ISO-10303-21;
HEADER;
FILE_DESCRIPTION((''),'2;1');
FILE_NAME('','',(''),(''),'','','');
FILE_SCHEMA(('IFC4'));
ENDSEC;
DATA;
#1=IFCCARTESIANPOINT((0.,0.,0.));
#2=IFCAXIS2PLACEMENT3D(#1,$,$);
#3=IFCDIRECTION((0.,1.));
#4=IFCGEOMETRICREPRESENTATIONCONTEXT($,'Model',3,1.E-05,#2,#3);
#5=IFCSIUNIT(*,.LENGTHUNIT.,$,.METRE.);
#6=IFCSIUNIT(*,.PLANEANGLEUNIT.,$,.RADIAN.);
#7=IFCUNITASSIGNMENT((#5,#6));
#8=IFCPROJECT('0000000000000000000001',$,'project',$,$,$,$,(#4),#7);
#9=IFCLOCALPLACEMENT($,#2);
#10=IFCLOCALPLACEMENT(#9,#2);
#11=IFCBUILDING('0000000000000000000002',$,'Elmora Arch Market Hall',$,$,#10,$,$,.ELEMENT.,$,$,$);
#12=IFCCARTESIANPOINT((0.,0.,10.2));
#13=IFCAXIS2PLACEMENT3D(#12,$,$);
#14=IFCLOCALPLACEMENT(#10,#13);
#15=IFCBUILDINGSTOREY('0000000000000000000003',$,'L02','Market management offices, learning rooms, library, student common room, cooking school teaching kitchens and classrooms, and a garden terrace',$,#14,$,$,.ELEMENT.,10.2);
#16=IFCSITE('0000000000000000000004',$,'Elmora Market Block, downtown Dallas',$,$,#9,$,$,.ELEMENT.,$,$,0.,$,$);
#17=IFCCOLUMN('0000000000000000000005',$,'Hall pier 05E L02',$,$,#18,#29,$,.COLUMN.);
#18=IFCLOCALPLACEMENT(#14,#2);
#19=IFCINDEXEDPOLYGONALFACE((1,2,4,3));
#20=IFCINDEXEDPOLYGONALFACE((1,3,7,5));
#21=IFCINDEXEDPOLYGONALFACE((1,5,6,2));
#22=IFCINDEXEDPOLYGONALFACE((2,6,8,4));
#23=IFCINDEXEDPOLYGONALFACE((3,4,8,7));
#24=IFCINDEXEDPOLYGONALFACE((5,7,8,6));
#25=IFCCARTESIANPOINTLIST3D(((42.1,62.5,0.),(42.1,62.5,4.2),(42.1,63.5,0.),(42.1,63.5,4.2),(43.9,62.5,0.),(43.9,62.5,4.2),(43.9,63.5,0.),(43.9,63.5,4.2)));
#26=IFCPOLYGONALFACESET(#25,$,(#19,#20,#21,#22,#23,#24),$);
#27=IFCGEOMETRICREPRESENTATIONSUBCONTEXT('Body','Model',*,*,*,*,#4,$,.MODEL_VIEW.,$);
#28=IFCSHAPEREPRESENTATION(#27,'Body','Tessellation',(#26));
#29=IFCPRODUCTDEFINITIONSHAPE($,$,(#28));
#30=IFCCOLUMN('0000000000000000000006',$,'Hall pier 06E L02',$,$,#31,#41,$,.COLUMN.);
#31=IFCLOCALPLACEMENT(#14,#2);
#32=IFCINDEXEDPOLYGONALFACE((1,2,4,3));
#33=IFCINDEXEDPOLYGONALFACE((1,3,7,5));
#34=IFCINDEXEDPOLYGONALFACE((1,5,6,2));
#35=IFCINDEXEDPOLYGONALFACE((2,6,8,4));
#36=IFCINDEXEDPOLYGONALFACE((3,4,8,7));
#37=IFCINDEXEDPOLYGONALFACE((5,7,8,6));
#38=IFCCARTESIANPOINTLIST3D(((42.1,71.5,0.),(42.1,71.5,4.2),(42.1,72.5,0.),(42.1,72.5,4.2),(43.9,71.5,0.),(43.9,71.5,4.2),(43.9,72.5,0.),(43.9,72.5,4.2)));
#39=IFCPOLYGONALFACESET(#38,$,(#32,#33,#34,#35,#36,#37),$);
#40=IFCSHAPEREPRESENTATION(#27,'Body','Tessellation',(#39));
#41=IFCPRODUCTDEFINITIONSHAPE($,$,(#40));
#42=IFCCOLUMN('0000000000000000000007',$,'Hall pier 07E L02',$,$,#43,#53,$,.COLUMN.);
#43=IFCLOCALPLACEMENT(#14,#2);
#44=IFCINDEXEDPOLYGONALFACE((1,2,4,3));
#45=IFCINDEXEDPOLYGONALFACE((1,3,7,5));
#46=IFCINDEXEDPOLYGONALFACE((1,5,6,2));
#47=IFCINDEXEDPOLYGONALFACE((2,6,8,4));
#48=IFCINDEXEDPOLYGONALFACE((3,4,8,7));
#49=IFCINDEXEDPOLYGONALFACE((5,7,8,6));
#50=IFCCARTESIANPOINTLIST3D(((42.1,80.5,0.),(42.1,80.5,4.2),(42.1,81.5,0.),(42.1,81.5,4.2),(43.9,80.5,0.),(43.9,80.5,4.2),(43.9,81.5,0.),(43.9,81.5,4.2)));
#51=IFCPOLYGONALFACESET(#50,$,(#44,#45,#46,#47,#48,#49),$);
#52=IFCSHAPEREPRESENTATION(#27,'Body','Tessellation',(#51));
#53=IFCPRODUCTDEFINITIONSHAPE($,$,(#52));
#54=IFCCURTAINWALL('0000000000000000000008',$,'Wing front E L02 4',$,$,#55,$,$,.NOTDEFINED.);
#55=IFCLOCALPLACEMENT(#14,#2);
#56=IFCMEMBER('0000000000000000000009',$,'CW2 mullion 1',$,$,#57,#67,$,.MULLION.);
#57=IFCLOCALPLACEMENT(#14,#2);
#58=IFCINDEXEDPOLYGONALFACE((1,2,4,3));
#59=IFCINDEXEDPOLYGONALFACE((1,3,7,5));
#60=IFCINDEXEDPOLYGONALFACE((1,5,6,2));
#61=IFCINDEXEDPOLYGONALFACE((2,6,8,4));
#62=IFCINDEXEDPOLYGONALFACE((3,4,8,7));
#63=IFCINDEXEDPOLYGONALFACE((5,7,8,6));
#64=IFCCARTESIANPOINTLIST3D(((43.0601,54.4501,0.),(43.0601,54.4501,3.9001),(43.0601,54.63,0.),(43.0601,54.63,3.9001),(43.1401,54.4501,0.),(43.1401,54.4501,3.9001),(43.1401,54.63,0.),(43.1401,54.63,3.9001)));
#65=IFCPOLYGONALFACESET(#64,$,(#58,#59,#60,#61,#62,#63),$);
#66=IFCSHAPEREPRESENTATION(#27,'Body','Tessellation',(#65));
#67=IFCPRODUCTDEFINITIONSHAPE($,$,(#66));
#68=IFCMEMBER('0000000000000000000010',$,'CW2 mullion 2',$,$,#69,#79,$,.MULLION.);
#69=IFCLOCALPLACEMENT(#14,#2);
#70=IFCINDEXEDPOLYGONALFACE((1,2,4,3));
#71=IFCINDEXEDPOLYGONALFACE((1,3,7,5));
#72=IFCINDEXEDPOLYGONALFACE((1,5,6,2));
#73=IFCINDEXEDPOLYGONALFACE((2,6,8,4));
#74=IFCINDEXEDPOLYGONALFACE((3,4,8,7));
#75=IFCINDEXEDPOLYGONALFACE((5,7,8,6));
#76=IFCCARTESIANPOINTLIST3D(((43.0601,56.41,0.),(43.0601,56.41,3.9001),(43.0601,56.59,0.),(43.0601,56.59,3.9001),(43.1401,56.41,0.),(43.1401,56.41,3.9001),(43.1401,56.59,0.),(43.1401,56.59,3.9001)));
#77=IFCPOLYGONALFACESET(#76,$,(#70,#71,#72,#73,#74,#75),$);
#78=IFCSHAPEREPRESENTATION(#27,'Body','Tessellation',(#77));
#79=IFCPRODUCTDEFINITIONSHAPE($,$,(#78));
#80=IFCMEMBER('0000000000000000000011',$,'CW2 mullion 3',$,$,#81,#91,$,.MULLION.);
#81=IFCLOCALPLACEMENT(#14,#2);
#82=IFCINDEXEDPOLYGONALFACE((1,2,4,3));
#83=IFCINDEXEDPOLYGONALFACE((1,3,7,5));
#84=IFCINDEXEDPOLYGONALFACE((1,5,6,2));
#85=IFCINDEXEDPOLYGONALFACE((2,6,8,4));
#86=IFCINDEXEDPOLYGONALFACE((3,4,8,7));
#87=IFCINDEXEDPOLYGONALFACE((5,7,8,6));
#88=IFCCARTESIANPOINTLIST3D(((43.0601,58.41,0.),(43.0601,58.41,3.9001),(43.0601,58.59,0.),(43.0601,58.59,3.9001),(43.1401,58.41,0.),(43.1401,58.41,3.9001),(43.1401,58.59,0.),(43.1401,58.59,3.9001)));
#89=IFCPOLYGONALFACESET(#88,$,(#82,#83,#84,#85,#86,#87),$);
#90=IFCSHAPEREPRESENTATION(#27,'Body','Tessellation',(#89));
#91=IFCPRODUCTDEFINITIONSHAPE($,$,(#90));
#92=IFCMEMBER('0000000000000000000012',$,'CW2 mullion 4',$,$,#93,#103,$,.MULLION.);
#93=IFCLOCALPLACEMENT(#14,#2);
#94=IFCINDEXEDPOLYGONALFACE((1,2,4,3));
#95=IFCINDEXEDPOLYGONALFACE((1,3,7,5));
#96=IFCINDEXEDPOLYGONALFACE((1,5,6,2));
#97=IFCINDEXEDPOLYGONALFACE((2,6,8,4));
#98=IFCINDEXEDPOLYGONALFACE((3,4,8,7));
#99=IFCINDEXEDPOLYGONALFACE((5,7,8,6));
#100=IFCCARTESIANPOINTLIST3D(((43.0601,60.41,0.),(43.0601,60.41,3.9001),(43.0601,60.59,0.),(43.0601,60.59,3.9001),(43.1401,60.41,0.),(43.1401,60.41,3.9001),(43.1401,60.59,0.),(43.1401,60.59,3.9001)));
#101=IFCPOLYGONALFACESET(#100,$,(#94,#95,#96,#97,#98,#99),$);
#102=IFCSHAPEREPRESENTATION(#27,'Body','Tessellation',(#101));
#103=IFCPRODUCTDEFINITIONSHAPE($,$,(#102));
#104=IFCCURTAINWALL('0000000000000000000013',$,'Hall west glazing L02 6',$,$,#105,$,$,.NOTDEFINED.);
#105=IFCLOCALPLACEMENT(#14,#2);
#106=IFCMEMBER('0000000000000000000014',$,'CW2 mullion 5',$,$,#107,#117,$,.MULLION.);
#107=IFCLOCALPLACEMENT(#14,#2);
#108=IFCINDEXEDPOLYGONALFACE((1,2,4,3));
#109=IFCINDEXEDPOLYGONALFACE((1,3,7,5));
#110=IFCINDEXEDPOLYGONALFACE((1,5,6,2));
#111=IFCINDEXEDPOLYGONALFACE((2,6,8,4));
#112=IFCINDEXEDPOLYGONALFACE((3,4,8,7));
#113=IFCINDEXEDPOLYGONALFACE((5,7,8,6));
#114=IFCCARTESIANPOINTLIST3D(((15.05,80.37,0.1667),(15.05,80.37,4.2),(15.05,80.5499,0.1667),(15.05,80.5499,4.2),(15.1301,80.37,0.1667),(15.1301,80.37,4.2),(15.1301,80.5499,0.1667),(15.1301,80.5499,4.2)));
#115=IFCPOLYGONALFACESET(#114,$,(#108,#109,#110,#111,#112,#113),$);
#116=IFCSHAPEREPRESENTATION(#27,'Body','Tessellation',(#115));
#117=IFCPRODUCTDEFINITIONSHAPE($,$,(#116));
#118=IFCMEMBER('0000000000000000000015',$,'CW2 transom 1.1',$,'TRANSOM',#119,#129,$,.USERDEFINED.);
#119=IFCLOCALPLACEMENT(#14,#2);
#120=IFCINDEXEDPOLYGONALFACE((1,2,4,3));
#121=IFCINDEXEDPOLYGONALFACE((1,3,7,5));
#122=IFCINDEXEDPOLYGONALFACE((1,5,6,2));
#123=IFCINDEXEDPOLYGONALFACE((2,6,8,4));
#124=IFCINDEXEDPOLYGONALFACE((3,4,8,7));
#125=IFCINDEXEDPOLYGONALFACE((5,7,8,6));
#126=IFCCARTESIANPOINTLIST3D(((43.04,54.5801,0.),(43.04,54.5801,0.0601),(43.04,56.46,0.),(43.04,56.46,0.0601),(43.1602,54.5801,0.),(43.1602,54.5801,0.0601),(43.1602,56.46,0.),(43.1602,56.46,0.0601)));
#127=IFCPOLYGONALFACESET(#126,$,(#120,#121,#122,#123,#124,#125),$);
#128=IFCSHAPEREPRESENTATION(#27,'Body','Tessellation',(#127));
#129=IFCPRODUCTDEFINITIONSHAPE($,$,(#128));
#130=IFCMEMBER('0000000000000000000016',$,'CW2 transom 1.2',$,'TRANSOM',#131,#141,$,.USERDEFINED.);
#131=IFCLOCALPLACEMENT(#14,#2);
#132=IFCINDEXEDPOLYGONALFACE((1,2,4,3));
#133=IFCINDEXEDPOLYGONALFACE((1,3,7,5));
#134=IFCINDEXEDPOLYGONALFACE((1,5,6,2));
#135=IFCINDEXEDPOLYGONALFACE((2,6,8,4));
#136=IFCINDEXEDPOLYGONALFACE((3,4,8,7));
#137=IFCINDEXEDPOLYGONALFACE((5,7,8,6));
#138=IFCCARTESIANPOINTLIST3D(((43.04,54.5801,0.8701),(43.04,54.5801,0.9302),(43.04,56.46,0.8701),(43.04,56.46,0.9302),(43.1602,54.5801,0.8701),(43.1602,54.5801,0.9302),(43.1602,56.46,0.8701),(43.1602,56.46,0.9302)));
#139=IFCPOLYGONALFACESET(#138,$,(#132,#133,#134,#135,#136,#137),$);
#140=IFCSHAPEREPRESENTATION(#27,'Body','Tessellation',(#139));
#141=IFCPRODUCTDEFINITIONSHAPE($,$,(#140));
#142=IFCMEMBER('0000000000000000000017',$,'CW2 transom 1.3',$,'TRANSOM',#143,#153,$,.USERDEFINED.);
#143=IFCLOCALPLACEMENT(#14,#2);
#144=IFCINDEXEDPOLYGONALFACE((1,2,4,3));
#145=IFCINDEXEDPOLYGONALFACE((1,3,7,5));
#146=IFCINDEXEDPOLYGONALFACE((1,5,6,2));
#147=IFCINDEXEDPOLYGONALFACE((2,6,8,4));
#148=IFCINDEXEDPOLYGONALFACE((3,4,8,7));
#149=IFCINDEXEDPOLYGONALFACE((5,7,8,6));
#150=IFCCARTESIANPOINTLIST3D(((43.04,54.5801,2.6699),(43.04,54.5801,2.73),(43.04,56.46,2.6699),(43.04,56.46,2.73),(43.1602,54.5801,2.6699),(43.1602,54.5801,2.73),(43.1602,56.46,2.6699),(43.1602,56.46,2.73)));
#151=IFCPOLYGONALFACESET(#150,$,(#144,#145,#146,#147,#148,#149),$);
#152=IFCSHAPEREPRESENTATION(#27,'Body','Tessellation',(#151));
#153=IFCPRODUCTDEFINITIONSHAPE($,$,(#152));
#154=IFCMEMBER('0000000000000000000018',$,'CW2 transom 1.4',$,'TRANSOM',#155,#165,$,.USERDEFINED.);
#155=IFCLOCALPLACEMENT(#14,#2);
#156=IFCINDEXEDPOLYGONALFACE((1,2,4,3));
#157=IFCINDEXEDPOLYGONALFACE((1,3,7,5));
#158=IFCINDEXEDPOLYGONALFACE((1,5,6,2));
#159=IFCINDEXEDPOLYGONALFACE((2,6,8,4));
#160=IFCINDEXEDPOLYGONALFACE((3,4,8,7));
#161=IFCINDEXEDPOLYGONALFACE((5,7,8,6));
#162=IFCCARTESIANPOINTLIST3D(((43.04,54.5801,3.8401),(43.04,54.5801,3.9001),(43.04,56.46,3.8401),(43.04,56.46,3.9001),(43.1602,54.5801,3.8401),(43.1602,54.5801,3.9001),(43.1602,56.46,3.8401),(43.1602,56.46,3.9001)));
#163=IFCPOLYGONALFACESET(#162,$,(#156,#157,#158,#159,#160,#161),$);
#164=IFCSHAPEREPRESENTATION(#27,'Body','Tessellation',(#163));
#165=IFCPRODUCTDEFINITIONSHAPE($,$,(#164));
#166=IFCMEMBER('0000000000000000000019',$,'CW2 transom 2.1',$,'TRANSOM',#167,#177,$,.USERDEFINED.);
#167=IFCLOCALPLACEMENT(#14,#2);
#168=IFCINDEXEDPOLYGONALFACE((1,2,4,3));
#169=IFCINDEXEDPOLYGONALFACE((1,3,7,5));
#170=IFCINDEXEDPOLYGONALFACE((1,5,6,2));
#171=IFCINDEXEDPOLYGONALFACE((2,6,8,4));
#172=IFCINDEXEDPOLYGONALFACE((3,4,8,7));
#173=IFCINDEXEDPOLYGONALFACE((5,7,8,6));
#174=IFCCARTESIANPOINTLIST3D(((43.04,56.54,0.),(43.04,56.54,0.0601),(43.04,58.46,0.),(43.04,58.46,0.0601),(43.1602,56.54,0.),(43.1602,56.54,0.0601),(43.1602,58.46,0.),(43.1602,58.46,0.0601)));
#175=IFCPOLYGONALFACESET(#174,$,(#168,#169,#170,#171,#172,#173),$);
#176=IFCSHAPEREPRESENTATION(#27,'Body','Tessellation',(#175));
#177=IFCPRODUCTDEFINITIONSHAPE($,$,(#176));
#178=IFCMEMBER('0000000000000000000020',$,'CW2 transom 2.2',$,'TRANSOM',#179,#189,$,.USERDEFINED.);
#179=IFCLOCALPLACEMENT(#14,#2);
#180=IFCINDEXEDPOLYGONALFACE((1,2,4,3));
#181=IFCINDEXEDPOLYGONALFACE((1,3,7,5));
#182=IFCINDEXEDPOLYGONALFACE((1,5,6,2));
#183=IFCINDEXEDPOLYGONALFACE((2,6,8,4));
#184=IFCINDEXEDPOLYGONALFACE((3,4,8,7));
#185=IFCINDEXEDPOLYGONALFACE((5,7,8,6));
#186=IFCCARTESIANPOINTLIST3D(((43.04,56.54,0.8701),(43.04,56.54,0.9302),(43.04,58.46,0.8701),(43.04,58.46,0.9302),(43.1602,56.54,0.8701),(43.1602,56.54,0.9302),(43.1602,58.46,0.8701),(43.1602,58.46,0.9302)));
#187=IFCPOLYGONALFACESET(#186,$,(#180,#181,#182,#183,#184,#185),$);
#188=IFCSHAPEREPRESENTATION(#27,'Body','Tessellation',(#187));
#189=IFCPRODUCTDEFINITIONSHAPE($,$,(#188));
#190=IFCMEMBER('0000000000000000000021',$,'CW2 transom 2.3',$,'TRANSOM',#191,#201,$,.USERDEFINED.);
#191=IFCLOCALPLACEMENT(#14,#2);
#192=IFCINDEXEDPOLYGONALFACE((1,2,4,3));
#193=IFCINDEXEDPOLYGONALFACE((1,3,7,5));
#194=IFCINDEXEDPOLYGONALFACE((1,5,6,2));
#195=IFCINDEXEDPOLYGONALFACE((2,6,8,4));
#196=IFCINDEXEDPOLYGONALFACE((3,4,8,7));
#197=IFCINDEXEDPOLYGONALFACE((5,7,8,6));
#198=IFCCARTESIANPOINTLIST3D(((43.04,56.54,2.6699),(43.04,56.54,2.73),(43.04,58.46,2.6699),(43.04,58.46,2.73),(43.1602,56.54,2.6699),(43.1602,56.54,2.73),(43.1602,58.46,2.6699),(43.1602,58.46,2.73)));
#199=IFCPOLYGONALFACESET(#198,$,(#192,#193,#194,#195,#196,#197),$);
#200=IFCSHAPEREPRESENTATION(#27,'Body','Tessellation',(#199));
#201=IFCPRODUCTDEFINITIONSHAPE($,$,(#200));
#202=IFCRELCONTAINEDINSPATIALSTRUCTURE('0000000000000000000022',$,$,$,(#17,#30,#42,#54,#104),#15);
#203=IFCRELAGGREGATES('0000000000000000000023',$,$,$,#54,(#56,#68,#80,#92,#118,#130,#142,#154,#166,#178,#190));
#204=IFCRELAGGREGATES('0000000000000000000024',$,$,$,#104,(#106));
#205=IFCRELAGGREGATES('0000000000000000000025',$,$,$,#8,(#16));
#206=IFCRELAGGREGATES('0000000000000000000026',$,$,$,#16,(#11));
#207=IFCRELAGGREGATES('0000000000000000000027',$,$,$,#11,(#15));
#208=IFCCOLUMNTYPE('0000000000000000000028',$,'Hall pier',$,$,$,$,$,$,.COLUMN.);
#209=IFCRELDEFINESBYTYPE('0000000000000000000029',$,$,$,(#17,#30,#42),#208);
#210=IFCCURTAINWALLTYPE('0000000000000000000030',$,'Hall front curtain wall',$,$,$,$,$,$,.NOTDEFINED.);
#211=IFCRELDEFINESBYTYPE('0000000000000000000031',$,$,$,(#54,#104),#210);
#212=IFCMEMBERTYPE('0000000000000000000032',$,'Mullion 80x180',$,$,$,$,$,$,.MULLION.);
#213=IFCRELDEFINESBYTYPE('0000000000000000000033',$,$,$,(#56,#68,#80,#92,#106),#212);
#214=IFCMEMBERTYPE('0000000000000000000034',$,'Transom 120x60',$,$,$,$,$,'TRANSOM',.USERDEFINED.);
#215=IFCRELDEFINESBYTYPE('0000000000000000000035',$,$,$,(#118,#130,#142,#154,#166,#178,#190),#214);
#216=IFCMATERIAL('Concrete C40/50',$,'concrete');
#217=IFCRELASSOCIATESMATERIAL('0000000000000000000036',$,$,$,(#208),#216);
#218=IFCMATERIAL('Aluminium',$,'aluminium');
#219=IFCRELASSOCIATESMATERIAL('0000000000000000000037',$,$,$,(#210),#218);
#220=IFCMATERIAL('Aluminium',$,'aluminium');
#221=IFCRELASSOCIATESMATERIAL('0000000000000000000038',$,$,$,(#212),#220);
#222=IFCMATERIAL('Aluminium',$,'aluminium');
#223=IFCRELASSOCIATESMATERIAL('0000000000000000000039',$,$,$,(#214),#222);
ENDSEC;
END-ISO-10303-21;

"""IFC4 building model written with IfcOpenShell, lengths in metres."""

from ifc_helpers import new_model, si_unit, direction, frame, origin, origin_2d, place, context, subcontext, project, spatial, rectangle, extrude, material, material_profile, profile_set, type_object, element, aggregate, save


model = new_model("IFC4")

# Units and contexts
model_context = context("Model", 3, precision=1e-05, world=origin(), true_north=direction((0.0, 1.0)))
body_context = subcontext(model_context, "Body", "Model", "MODEL_VIEW")
ifc_project = project(units=[si_unit("LENGTHUNIT", "METRE"), si_unit("PLANEANGLEUNIT", "RADIAN")], contexts=[model_context])

# Site, building, storey
site_placement = place(None, origin())
site = spatial("IfcSite", under=ifc_project, at=site_placement, Name="Elmora Market Block, downtown Dallas", CompositionType="ELEMENT", RefElevation=0.0)
building_placement = place(site_placement, origin())
building = spatial("IfcBuilding", under=site, at=building_placement, Name="Elmora Arch Market Hall", CompositionType="ELEMENT")
storey_placement = place(building_placement, frame((0.0, 0.0, 10.2)))
storey = spatial("IfcBuildingStorey", under=building, at=storey_placement, Name="L02", Description="Market management offices, learning rooms, library, student common room, cooking school teaching kitchens and classrooms, and a garden terrace", CompositionType="ELEMENT", Elevation=10.2)

# Columns
ifc_material_1 = material(Name="Concrete C40/50", Category="concrete")
ifc_material_profile_1 = material_profile(ifc_material_1, rectangle(XDim=1.8, YDim=1.0, at=origin_2d()), Name="Hall pier")
ifc_profile_set_1 = profile_set([ifc_material_profile_1], Name="Concrete C40/50")
column_type = type_object("IfcColumnType", Name="Hall pier", PredefinedType="COLUMN", material=ifc_profile_set_1)
for number, where, z_axis, x_axis, name in (
    (1, (43.0, 63.0, 0.0), (0.0, 0.0, 1.0), (1.0, 0.0, 0.0), "Hall pier 05E L02"),
    (2, (43.0, 72.0, 0.0), (0.0, 0.0, 1.0), (1.0, 0.0, 0.0), "Hall pier 06E L02"),
    (3, (43.0, 81.0, 0.0), (0.0, 0.0, 1.0), (1.0, 0.0, 0.0), "Hall pier 07E L02"),
):
    element("IfcColumn", number, at=place(storey_placement, frame(where, z_axis=z_axis, x_axis=x_axis)), inside=storey, type_object=column_type, Name=name, PredefinedType="COLUMN", context=body_context, shape_type="SweptSolid", body=[
        extrude(rectangle(XDim=1.8, YDim=1.0, at=origin_2d()), origin(), (0.0, 0.0, 1.0), 4.2),
    ])

# Curtain wall, members
ifc_material_2 = material(Name="Aluminium", Category="aluminium")
curtain_wall_type = type_object("IfcCurtainWallType", Name="Hall front curtain wall", PredefinedType="NOTDEFINED", material=ifc_material_2)
curtain_wall_1_placement = place(storey_placement, origin())
curtain_wall_1 = element("IfcCurtainWall", 4, at=curtain_wall_1_placement, inside=storey, type_object=curtain_wall_type, Name="Wing front E L02 4", PredefinedType="NOTDEFINED")
ifc_material_3 = material(Name="Aluminium", Category="aluminium")
ifc_material_profile_2 = material_profile(ifc_material_3, rectangle(XDim=0.0801, YDim=0.1799, at=origin_2d()), Name="AL 80x180")
ifc_profile_set_2 = profile_set([ifc_material_profile_2], Name="Aluminium")
member_type_1 = type_object("IfcMemberType", Name="Mullion 80x180", PredefinedType="MULLION", material=ifc_profile_set_2)
member_1_placement = place(storey_placement, frame((43.1001, 54.54, 0.0), z_axis=(0.0, 0.0, 1.0), x_axis=(-1.0, 0.0, 0.0)))
member_1 = element("IfcMember", 5, at=member_1_placement, type_object=member_type_1, Name="CW2 mullion 1", PredefinedType="MULLION", context=body_context, shape_type="SweptSolid", body=[
    extrude(rectangle(XDim=0.0801, YDim=0.1799, at=origin_2d()), origin(), (0.0, 0.0, 1.0), 3.9001),
])
member_2_placement = place(storey_placement, frame((43.1001, 56.5, 0.0), z_axis=(0.0, 0.0, 1.0), x_axis=(-1.0, 0.0, 0.0)))
member_2 = element("IfcMember", 6, at=member_2_placement, type_object=member_type_1, Name="CW2 mullion 2", PredefinedType="MULLION", context=body_context, shape_type="SweptSolid", body=[
    extrude(rectangle(XDim=0.0801, YDim=0.1799, at=origin_2d()), origin(), (0.0, 0.0, 1.0), 3.9001),
])
member_3_placement = place(storey_placement, frame((43.1001, 58.5, 0.0), z_axis=(0.0, 0.0, 1.0), x_axis=(-1.0, 0.0, 0.0)))
member_3 = element("IfcMember", 7, at=member_3_placement, type_object=member_type_1, Name="CW2 mullion 3", PredefinedType="MULLION", context=body_context, shape_type="SweptSolid", body=[
    extrude(rectangle(XDim=0.0801, YDim=0.1799, at=origin_2d()), origin(), (0.0, 0.0, 1.0), 3.9001),
])
member_4_placement = place(storey_placement, frame((43.1001, 60.5, 0.0), z_axis=(0.0, 0.0, 1.0), x_axis=(-1.0, 0.0, 0.0)))
member_4 = element("IfcMember", 8, at=member_4_placement, type_object=member_type_1, Name="CW2 mullion 4", PredefinedType="MULLION", context=body_context, shape_type="SweptSolid", body=[
    extrude(rectangle(XDim=0.0801, YDim=0.1799, at=origin_2d()), origin(), (0.0, 0.0, 1.0), 3.9001),
])

# Curtain wall, member
curtain_wall_2_placement = place(storey_placement, origin())
curtain_wall_2 = element("IfcCurtainWall", 9, at=curtain_wall_2_placement, inside=storey, type_object=curtain_wall_type, Name="Hall west glazing L02 6", PredefinedType="NOTDEFINED")
member_5_placement = place(storey_placement, frame((15.0901, 80.46, 0.1667), z_axis=(0.0, 0.0, 1.0), x_axis=(-1.0, 0.0, 0.0)))
member_5 = element("IfcMember", 10, at=member_5_placement, type_object=member_type_1, Name="CW2 mullion 5", PredefinedType="MULLION", context=body_context, shape_type="SweptSolid", body=[
    extrude(rectangle(XDim=0.0801, YDim=0.1799, at=origin_2d()), origin(), (0.0, 0.0, 1.0), 4.0332),
])

# Members
ifc_material_4 = material(Name="Aluminium", Category="aluminium")
ifc_material_profile_3 = material_profile(ifc_material_4, rectangle(XDim=0.1201, YDim=0.0601, at=origin_2d()), Name="AL 120x60")
ifc_profile_set_3 = profile_set([ifc_material_profile_3], Name="Aluminium")
member_type_2 = type_object("IfcMemberType", Name="Transom 120x60", ElementType="TRANSOM", PredefinedType="USERDEFINED", material=ifc_profile_set_3)
member_6_placement = place(storey_placement, frame((43.1001, 54.5801, 0.03), z_axis=(0.0, 1.0, 0.0), x_axis=(-1.0, 0.0, 0.0)))
member_6 = element("IfcMember", 11, at=member_6_placement, type_object=member_type_2, Name="CW2 transom 1.1", ObjectType="TRANSOM", PredefinedType="USERDEFINED", context=body_context, shape_type="SweptSolid", body=[
    extrude(rectangle(XDim=0.1201, YDim=0.0601, at=origin_2d()), origin(), (0.0, 0.0, 1.0), 1.8799),
])
member_7_placement = place(storey_placement, frame((43.1001, 54.5801, 0.9001), z_axis=(0.0, 1.0, 0.0), x_axis=(-1.0, 0.0, 0.0)))
member_7 = element("IfcMember", 12, at=member_7_placement, type_object=member_type_2, Name="CW2 transom 1.2", ObjectType="TRANSOM", PredefinedType="USERDEFINED", context=body_context, shape_type="SweptSolid", body=[
    extrude(rectangle(XDim=0.1201, YDim=0.0601, at=origin_2d()), origin(), (0.0, 0.0, 1.0), 1.8799),
])
member_8_placement = place(storey_placement, frame((43.1001, 54.5801, 2.7), z_axis=(0.0, 1.0, 0.0), x_axis=(-1.0, 0.0, 0.0)))
member_8 = element("IfcMember", 13, at=member_8_placement, type_object=member_type_2, Name="CW2 transom 1.3", ObjectType="TRANSOM", PredefinedType="USERDEFINED", context=body_context, shape_type="SweptSolid", body=[
    extrude(rectangle(XDim=0.1201, YDim=0.0601, at=origin_2d()), origin(), (0.0, 0.0, 1.0), 1.8799),
])
member_9_placement = place(storey_placement, frame((43.1001, 54.5801, 3.8701), z_axis=(0.0, 1.0, 0.0), x_axis=(-1.0, 0.0, 0.0)))
member_9 = element("IfcMember", 14, at=member_9_placement, type_object=member_type_2, Name="CW2 transom 1.4", ObjectType="TRANSOM", PredefinedType="USERDEFINED", context=body_context, shape_type="SweptSolid", body=[
    extrude(rectangle(XDim=0.1201, YDim=0.0601, at=origin_2d()), origin(), (0.0, 0.0, 1.0), 1.8799),
])
member_10_placement = place(storey_placement, frame((43.1001, 56.54, 0.03), z_axis=(0.0, 1.0, 0.0), x_axis=(-1.0, 0.0, 0.0)))
member_10 = element("IfcMember", 15, at=member_10_placement, type_object=member_type_2, Name="CW2 transom 2.1", ObjectType="TRANSOM", PredefinedType="USERDEFINED", context=body_context, shape_type="SweptSolid", body=[
    extrude(rectangle(XDim=0.1201, YDim=0.0601, at=origin_2d()), origin(), (0.0, 0.0, 1.0), 1.9199),
])
member_11_placement = place(storey_placement, frame((43.1001, 56.54, 0.9001), z_axis=(0.0, 1.0, 0.0), x_axis=(-1.0, 0.0, 0.0)))
member_11 = element("IfcMember", 16, at=member_11_placement, type_object=member_type_2, Name="CW2 transom 2.2", ObjectType="TRANSOM", PredefinedType="USERDEFINED", context=body_context, shape_type="SweptSolid", body=[
    extrude(rectangle(XDim=0.1201, YDim=0.0601, at=origin_2d()), origin(), (0.0, 0.0, 1.0), 1.9199),
])
member_12_placement = place(storey_placement, frame((43.1001, 56.54, 2.7), z_axis=(0.0, 1.0, 0.0), x_axis=(-1.0, 0.0, 0.0)))
member_12 = element("IfcMember", 17, at=member_12_placement, type_object=member_type_2, Name="CW2 transom 2.3", ObjectType="TRANSOM", PredefinedType="USERDEFINED", context=body_context, shape_type="SweptSolid", body=[
    extrude(rectangle(XDim=0.1201, YDim=0.0601, at=origin_2d()), origin(), (0.0, 0.0, 1.0), 1.9199),
])

aggregate(curtain_wall_1, [member_1, member_2, member_3, member_4, member_6, member_7, member_8, member_9, member_10, member_11, member_12])
aggregate(curtain_wall_2, [member_5])

save(model, "model.ifc")
